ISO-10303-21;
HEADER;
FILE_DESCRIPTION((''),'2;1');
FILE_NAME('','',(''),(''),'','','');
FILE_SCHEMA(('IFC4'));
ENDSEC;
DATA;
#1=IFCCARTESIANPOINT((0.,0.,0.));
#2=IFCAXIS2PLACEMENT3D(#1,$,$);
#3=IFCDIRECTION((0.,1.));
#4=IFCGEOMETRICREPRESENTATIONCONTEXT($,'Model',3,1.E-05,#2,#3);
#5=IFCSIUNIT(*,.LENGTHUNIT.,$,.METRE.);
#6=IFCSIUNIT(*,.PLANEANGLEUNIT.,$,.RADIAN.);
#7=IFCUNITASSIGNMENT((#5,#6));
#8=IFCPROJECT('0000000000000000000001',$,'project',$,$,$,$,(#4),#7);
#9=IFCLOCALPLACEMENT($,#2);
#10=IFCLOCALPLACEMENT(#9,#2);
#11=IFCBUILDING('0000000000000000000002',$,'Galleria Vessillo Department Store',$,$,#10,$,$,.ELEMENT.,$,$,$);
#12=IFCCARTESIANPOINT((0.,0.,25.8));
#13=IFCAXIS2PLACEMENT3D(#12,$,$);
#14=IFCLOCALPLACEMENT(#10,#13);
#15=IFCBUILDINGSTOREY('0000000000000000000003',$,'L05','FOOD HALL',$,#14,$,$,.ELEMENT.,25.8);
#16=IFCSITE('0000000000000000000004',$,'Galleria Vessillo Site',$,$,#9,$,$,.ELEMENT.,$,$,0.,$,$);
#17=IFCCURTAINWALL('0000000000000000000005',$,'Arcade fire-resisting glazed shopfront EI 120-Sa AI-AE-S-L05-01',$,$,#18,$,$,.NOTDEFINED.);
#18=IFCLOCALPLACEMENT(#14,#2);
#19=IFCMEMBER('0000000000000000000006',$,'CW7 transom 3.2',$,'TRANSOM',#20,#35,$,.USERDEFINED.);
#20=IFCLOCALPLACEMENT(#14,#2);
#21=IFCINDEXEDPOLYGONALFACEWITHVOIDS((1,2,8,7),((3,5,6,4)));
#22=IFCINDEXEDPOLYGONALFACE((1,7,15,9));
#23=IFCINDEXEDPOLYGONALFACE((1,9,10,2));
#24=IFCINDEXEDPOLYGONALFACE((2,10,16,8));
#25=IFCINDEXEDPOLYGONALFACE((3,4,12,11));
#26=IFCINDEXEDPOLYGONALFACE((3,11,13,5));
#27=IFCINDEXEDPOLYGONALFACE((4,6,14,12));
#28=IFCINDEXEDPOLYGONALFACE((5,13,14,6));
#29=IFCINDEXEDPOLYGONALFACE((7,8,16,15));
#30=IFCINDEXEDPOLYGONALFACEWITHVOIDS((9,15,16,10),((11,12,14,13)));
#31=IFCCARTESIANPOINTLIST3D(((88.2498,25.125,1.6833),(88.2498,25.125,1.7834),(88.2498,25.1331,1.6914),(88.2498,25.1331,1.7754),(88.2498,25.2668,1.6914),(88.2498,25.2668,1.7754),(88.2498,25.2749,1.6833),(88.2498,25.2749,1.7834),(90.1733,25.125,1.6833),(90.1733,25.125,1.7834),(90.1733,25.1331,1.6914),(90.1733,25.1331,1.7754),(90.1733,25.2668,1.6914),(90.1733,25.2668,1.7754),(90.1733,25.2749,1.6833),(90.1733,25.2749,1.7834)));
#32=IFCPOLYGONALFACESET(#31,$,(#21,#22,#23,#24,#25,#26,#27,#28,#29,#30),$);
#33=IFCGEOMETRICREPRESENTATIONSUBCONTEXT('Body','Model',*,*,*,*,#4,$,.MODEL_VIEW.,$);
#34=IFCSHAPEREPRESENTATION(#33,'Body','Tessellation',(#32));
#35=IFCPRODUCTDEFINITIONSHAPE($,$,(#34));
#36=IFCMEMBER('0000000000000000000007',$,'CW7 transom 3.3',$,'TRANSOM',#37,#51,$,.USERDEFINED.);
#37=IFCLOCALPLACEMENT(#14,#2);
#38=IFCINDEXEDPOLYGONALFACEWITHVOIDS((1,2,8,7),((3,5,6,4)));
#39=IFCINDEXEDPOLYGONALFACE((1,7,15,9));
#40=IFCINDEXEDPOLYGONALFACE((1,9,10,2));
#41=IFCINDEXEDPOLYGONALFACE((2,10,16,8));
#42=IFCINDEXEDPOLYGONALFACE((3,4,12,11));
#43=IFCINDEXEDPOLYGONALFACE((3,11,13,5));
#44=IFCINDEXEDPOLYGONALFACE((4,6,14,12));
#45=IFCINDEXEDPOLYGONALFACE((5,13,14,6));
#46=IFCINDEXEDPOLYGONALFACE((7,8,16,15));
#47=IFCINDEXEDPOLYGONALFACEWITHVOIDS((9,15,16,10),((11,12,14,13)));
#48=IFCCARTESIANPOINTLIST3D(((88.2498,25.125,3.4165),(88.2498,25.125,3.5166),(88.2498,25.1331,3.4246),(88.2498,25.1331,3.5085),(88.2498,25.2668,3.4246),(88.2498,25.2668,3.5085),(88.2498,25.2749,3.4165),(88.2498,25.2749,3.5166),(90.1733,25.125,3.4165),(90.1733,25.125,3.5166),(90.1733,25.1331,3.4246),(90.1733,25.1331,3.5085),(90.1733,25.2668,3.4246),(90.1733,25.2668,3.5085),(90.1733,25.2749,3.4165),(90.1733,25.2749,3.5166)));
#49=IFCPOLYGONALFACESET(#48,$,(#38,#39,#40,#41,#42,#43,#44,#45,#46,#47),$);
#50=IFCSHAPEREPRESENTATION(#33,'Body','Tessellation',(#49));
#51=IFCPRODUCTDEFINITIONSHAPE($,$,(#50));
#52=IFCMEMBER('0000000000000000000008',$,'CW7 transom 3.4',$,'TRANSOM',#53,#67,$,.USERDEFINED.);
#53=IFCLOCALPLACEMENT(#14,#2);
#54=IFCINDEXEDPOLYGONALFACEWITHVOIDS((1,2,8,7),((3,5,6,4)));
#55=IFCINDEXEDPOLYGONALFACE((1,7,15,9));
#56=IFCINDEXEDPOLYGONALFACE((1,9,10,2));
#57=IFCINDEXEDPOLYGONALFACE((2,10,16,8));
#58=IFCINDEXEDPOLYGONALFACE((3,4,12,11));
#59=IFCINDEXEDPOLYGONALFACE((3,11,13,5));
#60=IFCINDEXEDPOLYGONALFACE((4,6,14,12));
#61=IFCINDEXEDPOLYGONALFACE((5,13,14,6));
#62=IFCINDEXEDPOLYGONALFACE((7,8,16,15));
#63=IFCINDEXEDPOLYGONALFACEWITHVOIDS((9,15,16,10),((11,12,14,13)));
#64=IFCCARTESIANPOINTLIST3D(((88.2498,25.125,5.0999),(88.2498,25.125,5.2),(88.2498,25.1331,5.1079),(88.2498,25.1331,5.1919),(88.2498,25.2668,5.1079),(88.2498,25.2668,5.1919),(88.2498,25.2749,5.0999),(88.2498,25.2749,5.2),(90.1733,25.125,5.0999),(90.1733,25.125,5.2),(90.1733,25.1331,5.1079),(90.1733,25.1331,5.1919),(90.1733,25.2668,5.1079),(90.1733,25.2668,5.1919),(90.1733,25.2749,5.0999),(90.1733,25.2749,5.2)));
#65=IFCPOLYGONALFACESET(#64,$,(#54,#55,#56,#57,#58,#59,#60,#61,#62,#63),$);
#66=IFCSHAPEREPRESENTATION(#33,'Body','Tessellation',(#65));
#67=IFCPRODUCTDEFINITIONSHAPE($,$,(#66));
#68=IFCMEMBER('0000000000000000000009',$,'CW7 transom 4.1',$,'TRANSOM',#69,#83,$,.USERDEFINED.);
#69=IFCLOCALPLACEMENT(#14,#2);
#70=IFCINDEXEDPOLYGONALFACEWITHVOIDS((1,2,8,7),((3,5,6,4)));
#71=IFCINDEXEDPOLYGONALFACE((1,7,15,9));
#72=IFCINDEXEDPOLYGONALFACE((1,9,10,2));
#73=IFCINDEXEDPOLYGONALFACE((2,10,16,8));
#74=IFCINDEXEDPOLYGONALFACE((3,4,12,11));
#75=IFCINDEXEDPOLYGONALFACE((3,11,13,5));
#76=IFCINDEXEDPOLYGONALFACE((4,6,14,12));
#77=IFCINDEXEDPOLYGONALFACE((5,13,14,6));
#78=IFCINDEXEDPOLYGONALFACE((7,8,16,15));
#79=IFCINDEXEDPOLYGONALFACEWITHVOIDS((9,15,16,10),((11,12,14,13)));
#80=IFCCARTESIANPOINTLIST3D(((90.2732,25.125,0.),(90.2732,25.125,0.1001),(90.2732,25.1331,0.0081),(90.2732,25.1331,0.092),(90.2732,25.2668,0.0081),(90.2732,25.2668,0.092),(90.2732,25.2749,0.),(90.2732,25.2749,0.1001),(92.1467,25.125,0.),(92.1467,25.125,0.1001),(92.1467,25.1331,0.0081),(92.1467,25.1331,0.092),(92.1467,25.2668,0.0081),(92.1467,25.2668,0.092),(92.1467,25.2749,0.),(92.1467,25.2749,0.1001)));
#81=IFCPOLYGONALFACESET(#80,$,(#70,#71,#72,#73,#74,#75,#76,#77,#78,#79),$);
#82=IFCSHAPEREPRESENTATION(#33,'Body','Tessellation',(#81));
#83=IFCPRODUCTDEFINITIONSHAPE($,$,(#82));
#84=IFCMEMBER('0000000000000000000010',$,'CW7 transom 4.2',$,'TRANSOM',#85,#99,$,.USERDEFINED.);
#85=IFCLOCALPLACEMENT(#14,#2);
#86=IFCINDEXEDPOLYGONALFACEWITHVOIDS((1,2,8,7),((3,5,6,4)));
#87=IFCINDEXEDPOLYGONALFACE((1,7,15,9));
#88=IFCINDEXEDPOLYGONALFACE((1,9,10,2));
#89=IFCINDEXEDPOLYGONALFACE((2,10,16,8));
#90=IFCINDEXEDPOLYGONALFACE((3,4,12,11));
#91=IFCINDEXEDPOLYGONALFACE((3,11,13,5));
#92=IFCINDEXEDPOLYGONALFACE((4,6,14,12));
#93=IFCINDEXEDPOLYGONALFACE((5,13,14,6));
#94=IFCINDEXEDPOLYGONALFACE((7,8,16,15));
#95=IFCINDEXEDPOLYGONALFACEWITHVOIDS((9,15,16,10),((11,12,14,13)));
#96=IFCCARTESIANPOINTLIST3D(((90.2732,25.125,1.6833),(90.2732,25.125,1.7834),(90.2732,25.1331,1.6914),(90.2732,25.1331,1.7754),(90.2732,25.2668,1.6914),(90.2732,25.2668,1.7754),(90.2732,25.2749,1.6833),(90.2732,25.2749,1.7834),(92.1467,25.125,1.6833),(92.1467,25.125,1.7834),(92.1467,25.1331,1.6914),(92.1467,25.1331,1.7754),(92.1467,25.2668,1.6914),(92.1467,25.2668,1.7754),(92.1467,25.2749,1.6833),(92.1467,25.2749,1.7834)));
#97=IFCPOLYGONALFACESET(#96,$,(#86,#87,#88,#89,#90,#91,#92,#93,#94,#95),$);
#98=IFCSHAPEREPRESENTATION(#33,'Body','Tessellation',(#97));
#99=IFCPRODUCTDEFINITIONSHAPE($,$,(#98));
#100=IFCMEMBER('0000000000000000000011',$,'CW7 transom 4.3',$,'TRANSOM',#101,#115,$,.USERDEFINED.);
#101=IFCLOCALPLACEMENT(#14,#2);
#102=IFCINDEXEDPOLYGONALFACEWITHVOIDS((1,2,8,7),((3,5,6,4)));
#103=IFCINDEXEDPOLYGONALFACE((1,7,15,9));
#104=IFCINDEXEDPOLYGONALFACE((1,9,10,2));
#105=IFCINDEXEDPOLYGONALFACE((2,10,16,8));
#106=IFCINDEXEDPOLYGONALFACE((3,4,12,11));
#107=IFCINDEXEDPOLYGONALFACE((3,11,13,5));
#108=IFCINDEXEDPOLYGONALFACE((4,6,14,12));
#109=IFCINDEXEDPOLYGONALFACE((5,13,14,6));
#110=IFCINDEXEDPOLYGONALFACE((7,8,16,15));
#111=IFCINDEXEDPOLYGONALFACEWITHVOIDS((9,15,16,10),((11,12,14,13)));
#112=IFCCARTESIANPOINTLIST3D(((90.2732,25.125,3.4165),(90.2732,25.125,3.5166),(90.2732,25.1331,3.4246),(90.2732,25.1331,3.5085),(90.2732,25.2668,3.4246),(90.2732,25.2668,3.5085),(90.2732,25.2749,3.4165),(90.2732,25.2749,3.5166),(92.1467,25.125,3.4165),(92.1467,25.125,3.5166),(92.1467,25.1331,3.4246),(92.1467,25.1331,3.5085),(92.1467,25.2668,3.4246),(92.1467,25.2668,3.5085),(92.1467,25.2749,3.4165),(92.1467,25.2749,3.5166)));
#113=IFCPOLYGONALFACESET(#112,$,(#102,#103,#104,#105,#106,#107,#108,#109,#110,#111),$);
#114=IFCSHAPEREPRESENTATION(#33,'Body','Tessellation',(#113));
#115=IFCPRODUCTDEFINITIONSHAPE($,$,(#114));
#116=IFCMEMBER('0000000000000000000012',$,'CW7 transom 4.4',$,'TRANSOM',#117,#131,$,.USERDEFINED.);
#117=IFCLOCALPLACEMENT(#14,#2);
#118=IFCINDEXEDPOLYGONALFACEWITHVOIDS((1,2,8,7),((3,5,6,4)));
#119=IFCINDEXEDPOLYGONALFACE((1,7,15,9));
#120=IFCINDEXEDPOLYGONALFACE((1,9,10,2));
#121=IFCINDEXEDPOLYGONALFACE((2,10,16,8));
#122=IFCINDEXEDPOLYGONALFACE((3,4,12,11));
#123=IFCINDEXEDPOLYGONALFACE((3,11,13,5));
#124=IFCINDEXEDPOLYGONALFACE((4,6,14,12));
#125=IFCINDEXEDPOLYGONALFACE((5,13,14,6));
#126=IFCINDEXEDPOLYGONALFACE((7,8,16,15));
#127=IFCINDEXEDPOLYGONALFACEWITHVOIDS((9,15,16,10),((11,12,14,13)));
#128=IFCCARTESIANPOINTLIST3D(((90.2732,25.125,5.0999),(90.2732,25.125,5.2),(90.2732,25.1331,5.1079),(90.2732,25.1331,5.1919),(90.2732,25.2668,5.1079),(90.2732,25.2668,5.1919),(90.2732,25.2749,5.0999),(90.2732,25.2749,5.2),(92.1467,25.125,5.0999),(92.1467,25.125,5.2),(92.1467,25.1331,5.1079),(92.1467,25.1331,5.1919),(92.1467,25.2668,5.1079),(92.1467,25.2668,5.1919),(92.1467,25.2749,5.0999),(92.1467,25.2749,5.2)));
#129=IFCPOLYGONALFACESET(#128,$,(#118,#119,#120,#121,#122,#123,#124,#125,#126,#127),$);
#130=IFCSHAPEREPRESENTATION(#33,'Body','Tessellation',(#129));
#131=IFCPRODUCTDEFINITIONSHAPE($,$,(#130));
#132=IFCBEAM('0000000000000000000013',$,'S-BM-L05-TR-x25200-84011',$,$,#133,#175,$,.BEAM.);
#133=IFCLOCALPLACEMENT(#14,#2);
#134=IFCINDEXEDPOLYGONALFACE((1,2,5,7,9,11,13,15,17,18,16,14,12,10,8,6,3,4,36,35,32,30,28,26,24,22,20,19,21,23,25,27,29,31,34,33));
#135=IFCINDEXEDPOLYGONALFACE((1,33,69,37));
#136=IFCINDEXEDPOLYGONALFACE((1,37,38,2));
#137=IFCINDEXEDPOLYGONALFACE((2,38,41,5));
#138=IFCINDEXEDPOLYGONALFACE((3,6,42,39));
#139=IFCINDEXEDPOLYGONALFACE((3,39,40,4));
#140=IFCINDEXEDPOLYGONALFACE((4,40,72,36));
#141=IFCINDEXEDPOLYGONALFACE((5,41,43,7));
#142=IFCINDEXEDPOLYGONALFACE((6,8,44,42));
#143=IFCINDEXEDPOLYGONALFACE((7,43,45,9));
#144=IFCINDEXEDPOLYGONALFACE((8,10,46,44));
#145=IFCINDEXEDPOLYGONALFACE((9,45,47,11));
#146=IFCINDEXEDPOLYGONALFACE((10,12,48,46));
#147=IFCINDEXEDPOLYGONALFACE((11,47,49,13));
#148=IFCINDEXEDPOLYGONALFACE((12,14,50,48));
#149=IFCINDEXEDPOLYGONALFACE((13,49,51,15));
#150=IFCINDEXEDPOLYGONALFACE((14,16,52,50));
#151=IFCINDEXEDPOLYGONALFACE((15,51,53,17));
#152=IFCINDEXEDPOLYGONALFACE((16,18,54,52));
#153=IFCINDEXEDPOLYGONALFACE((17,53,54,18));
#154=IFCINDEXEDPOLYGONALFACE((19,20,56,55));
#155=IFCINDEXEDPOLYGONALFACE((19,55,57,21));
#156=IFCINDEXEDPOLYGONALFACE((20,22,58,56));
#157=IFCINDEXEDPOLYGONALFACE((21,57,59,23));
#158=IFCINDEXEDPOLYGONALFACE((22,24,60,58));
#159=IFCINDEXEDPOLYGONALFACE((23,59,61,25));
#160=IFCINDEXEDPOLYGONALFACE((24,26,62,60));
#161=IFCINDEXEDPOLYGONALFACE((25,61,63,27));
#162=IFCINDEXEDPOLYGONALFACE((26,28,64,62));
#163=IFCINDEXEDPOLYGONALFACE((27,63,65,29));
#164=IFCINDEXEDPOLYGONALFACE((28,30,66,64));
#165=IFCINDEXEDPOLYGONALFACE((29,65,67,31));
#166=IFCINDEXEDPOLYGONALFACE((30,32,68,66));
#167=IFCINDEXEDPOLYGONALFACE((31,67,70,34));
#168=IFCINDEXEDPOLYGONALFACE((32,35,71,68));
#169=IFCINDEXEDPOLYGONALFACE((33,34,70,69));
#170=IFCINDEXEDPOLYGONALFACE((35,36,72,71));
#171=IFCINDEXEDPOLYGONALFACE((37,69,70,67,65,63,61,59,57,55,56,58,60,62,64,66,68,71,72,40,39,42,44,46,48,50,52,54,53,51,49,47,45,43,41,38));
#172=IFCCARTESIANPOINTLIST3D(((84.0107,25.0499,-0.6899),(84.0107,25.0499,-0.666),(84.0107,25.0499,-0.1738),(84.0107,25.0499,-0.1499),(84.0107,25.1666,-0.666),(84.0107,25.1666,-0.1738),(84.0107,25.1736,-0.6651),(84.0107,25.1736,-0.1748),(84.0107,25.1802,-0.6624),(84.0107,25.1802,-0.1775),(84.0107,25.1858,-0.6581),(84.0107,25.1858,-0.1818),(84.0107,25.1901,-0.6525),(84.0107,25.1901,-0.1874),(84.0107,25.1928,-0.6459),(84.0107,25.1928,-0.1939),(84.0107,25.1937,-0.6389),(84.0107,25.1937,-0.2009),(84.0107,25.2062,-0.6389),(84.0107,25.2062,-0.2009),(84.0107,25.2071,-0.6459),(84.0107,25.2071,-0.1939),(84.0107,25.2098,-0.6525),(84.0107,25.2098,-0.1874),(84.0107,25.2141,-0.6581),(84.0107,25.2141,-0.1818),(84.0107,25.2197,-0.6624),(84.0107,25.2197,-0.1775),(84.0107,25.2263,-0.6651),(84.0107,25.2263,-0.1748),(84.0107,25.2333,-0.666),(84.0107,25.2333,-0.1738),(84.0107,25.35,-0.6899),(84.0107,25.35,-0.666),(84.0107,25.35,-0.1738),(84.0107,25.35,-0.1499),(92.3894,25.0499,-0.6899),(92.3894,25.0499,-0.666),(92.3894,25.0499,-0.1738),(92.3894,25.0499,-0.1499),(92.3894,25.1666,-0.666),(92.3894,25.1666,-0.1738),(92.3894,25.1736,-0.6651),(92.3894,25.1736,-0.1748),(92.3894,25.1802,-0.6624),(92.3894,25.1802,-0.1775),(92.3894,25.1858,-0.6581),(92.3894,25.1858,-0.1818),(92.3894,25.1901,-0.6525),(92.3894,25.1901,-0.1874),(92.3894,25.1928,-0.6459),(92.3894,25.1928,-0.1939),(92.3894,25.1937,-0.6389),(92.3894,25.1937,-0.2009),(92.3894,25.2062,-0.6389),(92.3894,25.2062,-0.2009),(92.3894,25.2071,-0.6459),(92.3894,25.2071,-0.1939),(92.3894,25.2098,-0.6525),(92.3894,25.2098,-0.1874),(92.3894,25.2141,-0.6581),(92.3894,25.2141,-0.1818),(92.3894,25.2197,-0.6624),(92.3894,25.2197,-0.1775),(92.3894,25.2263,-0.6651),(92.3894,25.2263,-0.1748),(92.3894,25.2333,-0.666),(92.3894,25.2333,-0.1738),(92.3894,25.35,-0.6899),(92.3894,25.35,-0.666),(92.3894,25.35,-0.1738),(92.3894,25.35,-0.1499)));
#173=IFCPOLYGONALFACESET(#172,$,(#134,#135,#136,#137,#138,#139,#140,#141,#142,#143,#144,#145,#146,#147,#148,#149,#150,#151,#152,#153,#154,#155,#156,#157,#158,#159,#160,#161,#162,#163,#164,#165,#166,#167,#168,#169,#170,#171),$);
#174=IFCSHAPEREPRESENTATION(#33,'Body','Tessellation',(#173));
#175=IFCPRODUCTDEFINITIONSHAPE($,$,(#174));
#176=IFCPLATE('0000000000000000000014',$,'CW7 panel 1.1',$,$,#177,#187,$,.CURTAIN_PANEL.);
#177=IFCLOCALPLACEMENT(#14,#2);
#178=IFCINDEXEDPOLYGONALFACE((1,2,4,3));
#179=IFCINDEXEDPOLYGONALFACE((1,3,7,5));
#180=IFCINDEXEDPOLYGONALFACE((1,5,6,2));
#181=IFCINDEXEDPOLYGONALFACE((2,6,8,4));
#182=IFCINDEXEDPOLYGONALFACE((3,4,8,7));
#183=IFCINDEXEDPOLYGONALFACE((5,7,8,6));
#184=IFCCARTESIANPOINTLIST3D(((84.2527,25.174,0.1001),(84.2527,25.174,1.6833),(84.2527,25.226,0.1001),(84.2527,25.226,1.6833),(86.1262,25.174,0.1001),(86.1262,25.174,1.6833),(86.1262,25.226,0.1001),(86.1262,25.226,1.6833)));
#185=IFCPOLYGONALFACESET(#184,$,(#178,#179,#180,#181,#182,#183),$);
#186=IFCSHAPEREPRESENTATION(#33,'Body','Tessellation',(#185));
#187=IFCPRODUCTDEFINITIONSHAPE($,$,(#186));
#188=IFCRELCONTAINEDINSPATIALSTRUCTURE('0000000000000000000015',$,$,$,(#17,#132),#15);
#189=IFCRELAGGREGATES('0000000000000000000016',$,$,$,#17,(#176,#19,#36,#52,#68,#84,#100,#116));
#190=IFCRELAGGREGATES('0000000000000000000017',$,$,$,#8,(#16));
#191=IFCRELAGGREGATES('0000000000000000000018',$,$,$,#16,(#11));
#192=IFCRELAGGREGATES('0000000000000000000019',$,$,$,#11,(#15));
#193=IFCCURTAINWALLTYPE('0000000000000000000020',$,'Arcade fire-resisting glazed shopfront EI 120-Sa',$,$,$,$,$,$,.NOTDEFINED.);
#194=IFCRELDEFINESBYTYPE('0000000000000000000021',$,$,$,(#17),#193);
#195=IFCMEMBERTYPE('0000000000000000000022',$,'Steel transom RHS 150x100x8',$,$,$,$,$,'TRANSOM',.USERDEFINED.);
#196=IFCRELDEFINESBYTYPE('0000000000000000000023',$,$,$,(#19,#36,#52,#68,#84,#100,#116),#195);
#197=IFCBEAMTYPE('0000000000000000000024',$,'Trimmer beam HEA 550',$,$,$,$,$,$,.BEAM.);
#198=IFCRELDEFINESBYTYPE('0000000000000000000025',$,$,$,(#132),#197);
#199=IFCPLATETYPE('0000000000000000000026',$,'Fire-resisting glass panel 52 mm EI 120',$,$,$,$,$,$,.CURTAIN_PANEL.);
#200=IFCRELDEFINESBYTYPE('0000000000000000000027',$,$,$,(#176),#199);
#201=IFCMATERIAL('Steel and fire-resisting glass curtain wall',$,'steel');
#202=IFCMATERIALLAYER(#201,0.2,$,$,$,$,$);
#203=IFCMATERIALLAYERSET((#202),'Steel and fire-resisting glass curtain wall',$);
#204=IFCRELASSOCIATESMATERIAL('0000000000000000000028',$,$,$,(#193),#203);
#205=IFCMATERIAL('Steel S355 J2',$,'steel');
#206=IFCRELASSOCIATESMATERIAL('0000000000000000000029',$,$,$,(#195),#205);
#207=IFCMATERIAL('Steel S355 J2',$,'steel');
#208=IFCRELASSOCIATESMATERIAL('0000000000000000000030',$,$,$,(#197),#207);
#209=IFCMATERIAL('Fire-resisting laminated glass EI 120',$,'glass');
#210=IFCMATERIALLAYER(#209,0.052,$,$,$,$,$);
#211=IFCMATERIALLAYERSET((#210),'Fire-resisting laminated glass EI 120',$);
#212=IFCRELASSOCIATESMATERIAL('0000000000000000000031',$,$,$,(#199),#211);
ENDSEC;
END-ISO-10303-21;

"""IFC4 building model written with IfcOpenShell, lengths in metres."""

from ifc_helpers import new_model, si_unit, direction, frame, origin, origin_2d, place, context, subcontext, project, spatial, rectangle, hollow_rectangle, i_section, extrude, material, layer, layer_set, material_profile, profile_set, type_object, element, aggregate, save


model = new_model("IFC4")

# Units and contexts
model_context = context("Model", 3, precision=1e-05, world=origin(), true_north=direction((0.0, 1.0)))
body_context = subcontext(model_context, "Body", "Model", "MODEL_VIEW")
ifc_project = project(units=[si_unit("LENGTHUNIT", "METRE"), si_unit("PLANEANGLEUNIT", "RADIAN")], contexts=[model_context])

# Site, building, storey
site_placement = place(None, origin())
site = spatial("IfcSite", under=ifc_project, at=site_placement, Name="Galleria Vessillo Site", CompositionType="ELEMENT", RefElevation=0.0)
building_placement = place(site_placement, origin())
building = spatial("IfcBuilding", under=site, at=building_placement, Name="Galleria Vessillo Department Store", CompositionType="ELEMENT")
storey_placement = place(building_placement, frame((0.0, 0.0, 25.8)))
storey = spatial("IfcBuildingStorey", under=building, at=storey_placement, Name="L05", Description="FOOD HALL", CompositionType="ELEMENT", Elevation=25.8)

# Curtain wall, members
ifc_material_1 = material(Name="Steel and fire-resisting glass curtain wall", Category="steel")
ifc_layer_1 = layer(ifc_material_1, 0.2)
ifc_layer_set_1 = layer_set([ifc_layer_1], Name="Steel and fire-resisting glass curtain wall")
curtain_wall_type = type_object("IfcCurtainWallType", Name="Arcade fire-resisting glazed shopfront EI 120-Sa", PredefinedType="NOTDEFINED", material=ifc_layer_set_1)
curtain_wall_placement = place(storey_placement, origin())
curtain_wall = element("IfcCurtainWall", 1, at=curtain_wall_placement, inside=storey, type_object=curtain_wall_type, Name="Arcade fire-resisting glazed shopfront EI 120-Sa AI-AE-S-L05-01", PredefinedType="NOTDEFINED")
ifc_material_2 = material(Name="Steel S355 J2", Category="steel")
ifc_material_profile_1 = material_profile(ifc_material_2, hollow_rectangle(XDim=0.1499, YDim=0.1001, WallThickness=0.0081, at=origin_2d()), Name="RHS 150x100x8")
ifc_profile_set_1 = profile_set([ifc_material_profile_1], Name="Steel S355 J2")
member_type_1 = type_object("IfcMemberType", Name="Steel transom RHS 150x100x8", ElementType="TRANSOM", PredefinedType="USERDEFINED", material=ifc_profile_set_1)
member_1_placement = place(storey_placement, frame((88.2498, 25.2, 1.7334), z_axis=(1.0, 0.0, 0.0), x_axis=(0.0, 1.0, 0.0)))
member_1 = element("IfcMember", 2, at=member_1_placement, type_object=member_type_1, Name="CW7 transom 3.2", ObjectType="TRANSOM", PredefinedType="USERDEFINED", context=body_context, shape_type="SweptSolid", body=[
    extrude(hollow_rectangle(XDim=0.1499, YDim=0.1001, WallThickness=0.0081, at=origin_2d()), origin(), (0.0, 0.0, 1.0), 1.9236),
])
member_2_placement = place(storey_placement, frame((88.2498, 25.2, 3.4666), z_axis=(1.0, 0.0, 0.0), x_axis=(0.0, 1.0, 0.0)))
member_2 = element("IfcMember", 3, at=member_2_placement, type_object=member_type_1, Name="CW7 transom 3.3", ObjectType="TRANSOM", PredefinedType="USERDEFINED", context=body_context, shape_type="SweptSolid", body=[
    extrude(hollow_rectangle(XDim=0.1499, YDim=0.1001, WallThickness=0.0081, at=origin_2d()), origin(), (0.0, 0.0, 1.0), 1.9236),
])
member_3_placement = place(storey_placement, frame((88.2498, 25.2, 5.1499), z_axis=(1.0, 0.0, 0.0), x_axis=(0.0, 1.0, 0.0)))
member_3 = element("IfcMember", 4, at=member_3_placement, type_object=member_type_1, Name="CW7 transom 3.4", ObjectType="TRANSOM", PredefinedType="USERDEFINED", context=body_context, shape_type="SweptSolid", body=[
    extrude(hollow_rectangle(XDim=0.1499, YDim=0.1001, WallThickness=0.0081, at=origin_2d()), origin(), (0.0, 0.0, 1.0), 1.9236),
])
member_4_placement = place(storey_placement, frame((90.2732, 25.2, 0.05), z_axis=(1.0, 0.0, 0.0), x_axis=(0.0, 1.0, 0.0)))
member_4 = element("IfcMember", 5, at=member_4_placement, type_object=member_type_1, Name="CW7 transom 4.1", ObjectType="TRANSOM", PredefinedType="USERDEFINED", context=body_context, shape_type="SweptSolid", body=[
    extrude(hollow_rectangle(XDim=0.1499, YDim=0.1001, WallThickness=0.0081, at=origin_2d()), origin(), (0.0, 0.0, 1.0), 1.8735),
])
member_5_placement = place(storey_placement, frame((90.2732, 25.2, 1.7334), z_axis=(1.0, 0.0, 0.0), x_axis=(0.0, 1.0, 0.0)))
member_5 = element("IfcMember", 6, at=member_5_placement, type_object=member_type_1, Name="CW7 transom 4.2", ObjectType="TRANSOM", PredefinedType="USERDEFINED", context=body_context, shape_type="SweptSolid", body=[
    extrude(hollow_rectangle(XDim=0.1499, YDim=0.1001, WallThickness=0.0081, at=origin_2d()), origin(), (0.0, 0.0, 1.0), 1.8735),
])
member_6_placement = place(storey_placement, frame((90.2732, 25.2, 3.4666), z_axis=(1.0, 0.0, 0.0), x_axis=(0.0, 1.0, 0.0)))
member_6 = element("IfcMember", 7, at=member_6_placement, type_object=member_type_1, Name="CW7 transom 4.3", ObjectType="TRANSOM", PredefinedType="USERDEFINED", context=body_context, shape_type="SweptSolid", body=[
    extrude(hollow_rectangle(XDim=0.1499, YDim=0.1001, WallThickness=0.0081, at=origin_2d()), origin(), (0.0, 0.0, 1.0), 1.8735),
])
member_7_placement = place(storey_placement, frame((90.2732, 25.2, 5.1499), z_axis=(1.0, 0.0, 0.0), x_axis=(0.0, 1.0, 0.0)))
member_7 = element("IfcMember", 8, at=member_7_placement, type_object=member_type_1, Name="CW7 transom 4.4", ObjectType="TRANSOM", PredefinedType="USERDEFINED", context=body_context, shape_type="SweptSolid", body=[
    extrude(hollow_rectangle(XDim=0.1499, YDim=0.1001, WallThickness=0.0081, at=origin_2d()), origin(), (0.0, 0.0, 1.0), 1.8735),
])

# Beam
ifc_material_3 = material(Name="Steel S355 J2", Category="steel")
ifc_material_profile_2 = material_profile(ifc_material_3, i_section(OverallWidth=0.3, OverallDepth=0.54, WebThickness=0.0125, FlangeThickness=0.0239, FilletRadius=0.0271, at=origin_2d()), Name="HEA 550")
ifc_profile_set_2 = profile_set([ifc_material_profile_2], Name="Steel S355 J2")
beam_type_1 = type_object("IfcBeamType", Name="Trimmer beam HEA 550", PredefinedType="BEAM", material=ifc_profile_set_2)
beam_1_placement = place(storey_placement, frame((84.0107, 25.2, -0.4199), z_axis=(1.0, 0.0, 0.0), x_axis=(0.0, 1.0, 0.0)))
element("IfcBeam", 9, at=beam_1_placement, inside=storey, type_object=beam_type_1, Name="S-BM-L05-TR-x25200-84011", PredefinedType="BEAM", context=body_context, shape_type="SweptSolid", body=[
    extrude(i_section(OverallWidth=0.3, OverallDepth=0.54, WebThickness=0.0125, FlangeThickness=0.0239, FilletRadius=0.0271, at=origin_2d()), origin(), (0.0, 0.0, 1.0), 8.3787),
])

# Plate
ifc_material_4 = material(Name="Fire-resisting laminated glass EI 120", Category="glass")
ifc_layer_2 = layer(ifc_material_4, 0.052)
ifc_layer_set_2 = layer_set([ifc_layer_2], Name="Fire-resisting laminated glass EI 120")
plate_type = type_object("IfcPlateType", Name="Fire-resisting glass panel 52 mm EI 120", PredefinedType="CURTAIN_PANEL", material=ifc_layer_set_2)
plate_1_placement = place(storey_placement, frame((85.1895, 25.2, 0.1001), z_axis=(0.0, 0.0, 1.0), x_axis=(1.0, 0.0, 0.0)))
plate_1 = element("IfcPlate", 10, at=plate_1_placement, type_object=plate_type, Name="CW7 panel 1.1", PredefinedType="CURTAIN_PANEL", context=body_context, shape_type="SweptSolid", body=[
    extrude(rectangle(XDim=1.8735, YDim=0.052, at=origin_2d()), origin(), (0.0, 0.0, 1.0), 1.5833),
])
aggregate(curtain_wall, [plate_1, member_1, member_2, member_3, member_4, member_5, member_6, member_7])

save(model, "model.ifc")
